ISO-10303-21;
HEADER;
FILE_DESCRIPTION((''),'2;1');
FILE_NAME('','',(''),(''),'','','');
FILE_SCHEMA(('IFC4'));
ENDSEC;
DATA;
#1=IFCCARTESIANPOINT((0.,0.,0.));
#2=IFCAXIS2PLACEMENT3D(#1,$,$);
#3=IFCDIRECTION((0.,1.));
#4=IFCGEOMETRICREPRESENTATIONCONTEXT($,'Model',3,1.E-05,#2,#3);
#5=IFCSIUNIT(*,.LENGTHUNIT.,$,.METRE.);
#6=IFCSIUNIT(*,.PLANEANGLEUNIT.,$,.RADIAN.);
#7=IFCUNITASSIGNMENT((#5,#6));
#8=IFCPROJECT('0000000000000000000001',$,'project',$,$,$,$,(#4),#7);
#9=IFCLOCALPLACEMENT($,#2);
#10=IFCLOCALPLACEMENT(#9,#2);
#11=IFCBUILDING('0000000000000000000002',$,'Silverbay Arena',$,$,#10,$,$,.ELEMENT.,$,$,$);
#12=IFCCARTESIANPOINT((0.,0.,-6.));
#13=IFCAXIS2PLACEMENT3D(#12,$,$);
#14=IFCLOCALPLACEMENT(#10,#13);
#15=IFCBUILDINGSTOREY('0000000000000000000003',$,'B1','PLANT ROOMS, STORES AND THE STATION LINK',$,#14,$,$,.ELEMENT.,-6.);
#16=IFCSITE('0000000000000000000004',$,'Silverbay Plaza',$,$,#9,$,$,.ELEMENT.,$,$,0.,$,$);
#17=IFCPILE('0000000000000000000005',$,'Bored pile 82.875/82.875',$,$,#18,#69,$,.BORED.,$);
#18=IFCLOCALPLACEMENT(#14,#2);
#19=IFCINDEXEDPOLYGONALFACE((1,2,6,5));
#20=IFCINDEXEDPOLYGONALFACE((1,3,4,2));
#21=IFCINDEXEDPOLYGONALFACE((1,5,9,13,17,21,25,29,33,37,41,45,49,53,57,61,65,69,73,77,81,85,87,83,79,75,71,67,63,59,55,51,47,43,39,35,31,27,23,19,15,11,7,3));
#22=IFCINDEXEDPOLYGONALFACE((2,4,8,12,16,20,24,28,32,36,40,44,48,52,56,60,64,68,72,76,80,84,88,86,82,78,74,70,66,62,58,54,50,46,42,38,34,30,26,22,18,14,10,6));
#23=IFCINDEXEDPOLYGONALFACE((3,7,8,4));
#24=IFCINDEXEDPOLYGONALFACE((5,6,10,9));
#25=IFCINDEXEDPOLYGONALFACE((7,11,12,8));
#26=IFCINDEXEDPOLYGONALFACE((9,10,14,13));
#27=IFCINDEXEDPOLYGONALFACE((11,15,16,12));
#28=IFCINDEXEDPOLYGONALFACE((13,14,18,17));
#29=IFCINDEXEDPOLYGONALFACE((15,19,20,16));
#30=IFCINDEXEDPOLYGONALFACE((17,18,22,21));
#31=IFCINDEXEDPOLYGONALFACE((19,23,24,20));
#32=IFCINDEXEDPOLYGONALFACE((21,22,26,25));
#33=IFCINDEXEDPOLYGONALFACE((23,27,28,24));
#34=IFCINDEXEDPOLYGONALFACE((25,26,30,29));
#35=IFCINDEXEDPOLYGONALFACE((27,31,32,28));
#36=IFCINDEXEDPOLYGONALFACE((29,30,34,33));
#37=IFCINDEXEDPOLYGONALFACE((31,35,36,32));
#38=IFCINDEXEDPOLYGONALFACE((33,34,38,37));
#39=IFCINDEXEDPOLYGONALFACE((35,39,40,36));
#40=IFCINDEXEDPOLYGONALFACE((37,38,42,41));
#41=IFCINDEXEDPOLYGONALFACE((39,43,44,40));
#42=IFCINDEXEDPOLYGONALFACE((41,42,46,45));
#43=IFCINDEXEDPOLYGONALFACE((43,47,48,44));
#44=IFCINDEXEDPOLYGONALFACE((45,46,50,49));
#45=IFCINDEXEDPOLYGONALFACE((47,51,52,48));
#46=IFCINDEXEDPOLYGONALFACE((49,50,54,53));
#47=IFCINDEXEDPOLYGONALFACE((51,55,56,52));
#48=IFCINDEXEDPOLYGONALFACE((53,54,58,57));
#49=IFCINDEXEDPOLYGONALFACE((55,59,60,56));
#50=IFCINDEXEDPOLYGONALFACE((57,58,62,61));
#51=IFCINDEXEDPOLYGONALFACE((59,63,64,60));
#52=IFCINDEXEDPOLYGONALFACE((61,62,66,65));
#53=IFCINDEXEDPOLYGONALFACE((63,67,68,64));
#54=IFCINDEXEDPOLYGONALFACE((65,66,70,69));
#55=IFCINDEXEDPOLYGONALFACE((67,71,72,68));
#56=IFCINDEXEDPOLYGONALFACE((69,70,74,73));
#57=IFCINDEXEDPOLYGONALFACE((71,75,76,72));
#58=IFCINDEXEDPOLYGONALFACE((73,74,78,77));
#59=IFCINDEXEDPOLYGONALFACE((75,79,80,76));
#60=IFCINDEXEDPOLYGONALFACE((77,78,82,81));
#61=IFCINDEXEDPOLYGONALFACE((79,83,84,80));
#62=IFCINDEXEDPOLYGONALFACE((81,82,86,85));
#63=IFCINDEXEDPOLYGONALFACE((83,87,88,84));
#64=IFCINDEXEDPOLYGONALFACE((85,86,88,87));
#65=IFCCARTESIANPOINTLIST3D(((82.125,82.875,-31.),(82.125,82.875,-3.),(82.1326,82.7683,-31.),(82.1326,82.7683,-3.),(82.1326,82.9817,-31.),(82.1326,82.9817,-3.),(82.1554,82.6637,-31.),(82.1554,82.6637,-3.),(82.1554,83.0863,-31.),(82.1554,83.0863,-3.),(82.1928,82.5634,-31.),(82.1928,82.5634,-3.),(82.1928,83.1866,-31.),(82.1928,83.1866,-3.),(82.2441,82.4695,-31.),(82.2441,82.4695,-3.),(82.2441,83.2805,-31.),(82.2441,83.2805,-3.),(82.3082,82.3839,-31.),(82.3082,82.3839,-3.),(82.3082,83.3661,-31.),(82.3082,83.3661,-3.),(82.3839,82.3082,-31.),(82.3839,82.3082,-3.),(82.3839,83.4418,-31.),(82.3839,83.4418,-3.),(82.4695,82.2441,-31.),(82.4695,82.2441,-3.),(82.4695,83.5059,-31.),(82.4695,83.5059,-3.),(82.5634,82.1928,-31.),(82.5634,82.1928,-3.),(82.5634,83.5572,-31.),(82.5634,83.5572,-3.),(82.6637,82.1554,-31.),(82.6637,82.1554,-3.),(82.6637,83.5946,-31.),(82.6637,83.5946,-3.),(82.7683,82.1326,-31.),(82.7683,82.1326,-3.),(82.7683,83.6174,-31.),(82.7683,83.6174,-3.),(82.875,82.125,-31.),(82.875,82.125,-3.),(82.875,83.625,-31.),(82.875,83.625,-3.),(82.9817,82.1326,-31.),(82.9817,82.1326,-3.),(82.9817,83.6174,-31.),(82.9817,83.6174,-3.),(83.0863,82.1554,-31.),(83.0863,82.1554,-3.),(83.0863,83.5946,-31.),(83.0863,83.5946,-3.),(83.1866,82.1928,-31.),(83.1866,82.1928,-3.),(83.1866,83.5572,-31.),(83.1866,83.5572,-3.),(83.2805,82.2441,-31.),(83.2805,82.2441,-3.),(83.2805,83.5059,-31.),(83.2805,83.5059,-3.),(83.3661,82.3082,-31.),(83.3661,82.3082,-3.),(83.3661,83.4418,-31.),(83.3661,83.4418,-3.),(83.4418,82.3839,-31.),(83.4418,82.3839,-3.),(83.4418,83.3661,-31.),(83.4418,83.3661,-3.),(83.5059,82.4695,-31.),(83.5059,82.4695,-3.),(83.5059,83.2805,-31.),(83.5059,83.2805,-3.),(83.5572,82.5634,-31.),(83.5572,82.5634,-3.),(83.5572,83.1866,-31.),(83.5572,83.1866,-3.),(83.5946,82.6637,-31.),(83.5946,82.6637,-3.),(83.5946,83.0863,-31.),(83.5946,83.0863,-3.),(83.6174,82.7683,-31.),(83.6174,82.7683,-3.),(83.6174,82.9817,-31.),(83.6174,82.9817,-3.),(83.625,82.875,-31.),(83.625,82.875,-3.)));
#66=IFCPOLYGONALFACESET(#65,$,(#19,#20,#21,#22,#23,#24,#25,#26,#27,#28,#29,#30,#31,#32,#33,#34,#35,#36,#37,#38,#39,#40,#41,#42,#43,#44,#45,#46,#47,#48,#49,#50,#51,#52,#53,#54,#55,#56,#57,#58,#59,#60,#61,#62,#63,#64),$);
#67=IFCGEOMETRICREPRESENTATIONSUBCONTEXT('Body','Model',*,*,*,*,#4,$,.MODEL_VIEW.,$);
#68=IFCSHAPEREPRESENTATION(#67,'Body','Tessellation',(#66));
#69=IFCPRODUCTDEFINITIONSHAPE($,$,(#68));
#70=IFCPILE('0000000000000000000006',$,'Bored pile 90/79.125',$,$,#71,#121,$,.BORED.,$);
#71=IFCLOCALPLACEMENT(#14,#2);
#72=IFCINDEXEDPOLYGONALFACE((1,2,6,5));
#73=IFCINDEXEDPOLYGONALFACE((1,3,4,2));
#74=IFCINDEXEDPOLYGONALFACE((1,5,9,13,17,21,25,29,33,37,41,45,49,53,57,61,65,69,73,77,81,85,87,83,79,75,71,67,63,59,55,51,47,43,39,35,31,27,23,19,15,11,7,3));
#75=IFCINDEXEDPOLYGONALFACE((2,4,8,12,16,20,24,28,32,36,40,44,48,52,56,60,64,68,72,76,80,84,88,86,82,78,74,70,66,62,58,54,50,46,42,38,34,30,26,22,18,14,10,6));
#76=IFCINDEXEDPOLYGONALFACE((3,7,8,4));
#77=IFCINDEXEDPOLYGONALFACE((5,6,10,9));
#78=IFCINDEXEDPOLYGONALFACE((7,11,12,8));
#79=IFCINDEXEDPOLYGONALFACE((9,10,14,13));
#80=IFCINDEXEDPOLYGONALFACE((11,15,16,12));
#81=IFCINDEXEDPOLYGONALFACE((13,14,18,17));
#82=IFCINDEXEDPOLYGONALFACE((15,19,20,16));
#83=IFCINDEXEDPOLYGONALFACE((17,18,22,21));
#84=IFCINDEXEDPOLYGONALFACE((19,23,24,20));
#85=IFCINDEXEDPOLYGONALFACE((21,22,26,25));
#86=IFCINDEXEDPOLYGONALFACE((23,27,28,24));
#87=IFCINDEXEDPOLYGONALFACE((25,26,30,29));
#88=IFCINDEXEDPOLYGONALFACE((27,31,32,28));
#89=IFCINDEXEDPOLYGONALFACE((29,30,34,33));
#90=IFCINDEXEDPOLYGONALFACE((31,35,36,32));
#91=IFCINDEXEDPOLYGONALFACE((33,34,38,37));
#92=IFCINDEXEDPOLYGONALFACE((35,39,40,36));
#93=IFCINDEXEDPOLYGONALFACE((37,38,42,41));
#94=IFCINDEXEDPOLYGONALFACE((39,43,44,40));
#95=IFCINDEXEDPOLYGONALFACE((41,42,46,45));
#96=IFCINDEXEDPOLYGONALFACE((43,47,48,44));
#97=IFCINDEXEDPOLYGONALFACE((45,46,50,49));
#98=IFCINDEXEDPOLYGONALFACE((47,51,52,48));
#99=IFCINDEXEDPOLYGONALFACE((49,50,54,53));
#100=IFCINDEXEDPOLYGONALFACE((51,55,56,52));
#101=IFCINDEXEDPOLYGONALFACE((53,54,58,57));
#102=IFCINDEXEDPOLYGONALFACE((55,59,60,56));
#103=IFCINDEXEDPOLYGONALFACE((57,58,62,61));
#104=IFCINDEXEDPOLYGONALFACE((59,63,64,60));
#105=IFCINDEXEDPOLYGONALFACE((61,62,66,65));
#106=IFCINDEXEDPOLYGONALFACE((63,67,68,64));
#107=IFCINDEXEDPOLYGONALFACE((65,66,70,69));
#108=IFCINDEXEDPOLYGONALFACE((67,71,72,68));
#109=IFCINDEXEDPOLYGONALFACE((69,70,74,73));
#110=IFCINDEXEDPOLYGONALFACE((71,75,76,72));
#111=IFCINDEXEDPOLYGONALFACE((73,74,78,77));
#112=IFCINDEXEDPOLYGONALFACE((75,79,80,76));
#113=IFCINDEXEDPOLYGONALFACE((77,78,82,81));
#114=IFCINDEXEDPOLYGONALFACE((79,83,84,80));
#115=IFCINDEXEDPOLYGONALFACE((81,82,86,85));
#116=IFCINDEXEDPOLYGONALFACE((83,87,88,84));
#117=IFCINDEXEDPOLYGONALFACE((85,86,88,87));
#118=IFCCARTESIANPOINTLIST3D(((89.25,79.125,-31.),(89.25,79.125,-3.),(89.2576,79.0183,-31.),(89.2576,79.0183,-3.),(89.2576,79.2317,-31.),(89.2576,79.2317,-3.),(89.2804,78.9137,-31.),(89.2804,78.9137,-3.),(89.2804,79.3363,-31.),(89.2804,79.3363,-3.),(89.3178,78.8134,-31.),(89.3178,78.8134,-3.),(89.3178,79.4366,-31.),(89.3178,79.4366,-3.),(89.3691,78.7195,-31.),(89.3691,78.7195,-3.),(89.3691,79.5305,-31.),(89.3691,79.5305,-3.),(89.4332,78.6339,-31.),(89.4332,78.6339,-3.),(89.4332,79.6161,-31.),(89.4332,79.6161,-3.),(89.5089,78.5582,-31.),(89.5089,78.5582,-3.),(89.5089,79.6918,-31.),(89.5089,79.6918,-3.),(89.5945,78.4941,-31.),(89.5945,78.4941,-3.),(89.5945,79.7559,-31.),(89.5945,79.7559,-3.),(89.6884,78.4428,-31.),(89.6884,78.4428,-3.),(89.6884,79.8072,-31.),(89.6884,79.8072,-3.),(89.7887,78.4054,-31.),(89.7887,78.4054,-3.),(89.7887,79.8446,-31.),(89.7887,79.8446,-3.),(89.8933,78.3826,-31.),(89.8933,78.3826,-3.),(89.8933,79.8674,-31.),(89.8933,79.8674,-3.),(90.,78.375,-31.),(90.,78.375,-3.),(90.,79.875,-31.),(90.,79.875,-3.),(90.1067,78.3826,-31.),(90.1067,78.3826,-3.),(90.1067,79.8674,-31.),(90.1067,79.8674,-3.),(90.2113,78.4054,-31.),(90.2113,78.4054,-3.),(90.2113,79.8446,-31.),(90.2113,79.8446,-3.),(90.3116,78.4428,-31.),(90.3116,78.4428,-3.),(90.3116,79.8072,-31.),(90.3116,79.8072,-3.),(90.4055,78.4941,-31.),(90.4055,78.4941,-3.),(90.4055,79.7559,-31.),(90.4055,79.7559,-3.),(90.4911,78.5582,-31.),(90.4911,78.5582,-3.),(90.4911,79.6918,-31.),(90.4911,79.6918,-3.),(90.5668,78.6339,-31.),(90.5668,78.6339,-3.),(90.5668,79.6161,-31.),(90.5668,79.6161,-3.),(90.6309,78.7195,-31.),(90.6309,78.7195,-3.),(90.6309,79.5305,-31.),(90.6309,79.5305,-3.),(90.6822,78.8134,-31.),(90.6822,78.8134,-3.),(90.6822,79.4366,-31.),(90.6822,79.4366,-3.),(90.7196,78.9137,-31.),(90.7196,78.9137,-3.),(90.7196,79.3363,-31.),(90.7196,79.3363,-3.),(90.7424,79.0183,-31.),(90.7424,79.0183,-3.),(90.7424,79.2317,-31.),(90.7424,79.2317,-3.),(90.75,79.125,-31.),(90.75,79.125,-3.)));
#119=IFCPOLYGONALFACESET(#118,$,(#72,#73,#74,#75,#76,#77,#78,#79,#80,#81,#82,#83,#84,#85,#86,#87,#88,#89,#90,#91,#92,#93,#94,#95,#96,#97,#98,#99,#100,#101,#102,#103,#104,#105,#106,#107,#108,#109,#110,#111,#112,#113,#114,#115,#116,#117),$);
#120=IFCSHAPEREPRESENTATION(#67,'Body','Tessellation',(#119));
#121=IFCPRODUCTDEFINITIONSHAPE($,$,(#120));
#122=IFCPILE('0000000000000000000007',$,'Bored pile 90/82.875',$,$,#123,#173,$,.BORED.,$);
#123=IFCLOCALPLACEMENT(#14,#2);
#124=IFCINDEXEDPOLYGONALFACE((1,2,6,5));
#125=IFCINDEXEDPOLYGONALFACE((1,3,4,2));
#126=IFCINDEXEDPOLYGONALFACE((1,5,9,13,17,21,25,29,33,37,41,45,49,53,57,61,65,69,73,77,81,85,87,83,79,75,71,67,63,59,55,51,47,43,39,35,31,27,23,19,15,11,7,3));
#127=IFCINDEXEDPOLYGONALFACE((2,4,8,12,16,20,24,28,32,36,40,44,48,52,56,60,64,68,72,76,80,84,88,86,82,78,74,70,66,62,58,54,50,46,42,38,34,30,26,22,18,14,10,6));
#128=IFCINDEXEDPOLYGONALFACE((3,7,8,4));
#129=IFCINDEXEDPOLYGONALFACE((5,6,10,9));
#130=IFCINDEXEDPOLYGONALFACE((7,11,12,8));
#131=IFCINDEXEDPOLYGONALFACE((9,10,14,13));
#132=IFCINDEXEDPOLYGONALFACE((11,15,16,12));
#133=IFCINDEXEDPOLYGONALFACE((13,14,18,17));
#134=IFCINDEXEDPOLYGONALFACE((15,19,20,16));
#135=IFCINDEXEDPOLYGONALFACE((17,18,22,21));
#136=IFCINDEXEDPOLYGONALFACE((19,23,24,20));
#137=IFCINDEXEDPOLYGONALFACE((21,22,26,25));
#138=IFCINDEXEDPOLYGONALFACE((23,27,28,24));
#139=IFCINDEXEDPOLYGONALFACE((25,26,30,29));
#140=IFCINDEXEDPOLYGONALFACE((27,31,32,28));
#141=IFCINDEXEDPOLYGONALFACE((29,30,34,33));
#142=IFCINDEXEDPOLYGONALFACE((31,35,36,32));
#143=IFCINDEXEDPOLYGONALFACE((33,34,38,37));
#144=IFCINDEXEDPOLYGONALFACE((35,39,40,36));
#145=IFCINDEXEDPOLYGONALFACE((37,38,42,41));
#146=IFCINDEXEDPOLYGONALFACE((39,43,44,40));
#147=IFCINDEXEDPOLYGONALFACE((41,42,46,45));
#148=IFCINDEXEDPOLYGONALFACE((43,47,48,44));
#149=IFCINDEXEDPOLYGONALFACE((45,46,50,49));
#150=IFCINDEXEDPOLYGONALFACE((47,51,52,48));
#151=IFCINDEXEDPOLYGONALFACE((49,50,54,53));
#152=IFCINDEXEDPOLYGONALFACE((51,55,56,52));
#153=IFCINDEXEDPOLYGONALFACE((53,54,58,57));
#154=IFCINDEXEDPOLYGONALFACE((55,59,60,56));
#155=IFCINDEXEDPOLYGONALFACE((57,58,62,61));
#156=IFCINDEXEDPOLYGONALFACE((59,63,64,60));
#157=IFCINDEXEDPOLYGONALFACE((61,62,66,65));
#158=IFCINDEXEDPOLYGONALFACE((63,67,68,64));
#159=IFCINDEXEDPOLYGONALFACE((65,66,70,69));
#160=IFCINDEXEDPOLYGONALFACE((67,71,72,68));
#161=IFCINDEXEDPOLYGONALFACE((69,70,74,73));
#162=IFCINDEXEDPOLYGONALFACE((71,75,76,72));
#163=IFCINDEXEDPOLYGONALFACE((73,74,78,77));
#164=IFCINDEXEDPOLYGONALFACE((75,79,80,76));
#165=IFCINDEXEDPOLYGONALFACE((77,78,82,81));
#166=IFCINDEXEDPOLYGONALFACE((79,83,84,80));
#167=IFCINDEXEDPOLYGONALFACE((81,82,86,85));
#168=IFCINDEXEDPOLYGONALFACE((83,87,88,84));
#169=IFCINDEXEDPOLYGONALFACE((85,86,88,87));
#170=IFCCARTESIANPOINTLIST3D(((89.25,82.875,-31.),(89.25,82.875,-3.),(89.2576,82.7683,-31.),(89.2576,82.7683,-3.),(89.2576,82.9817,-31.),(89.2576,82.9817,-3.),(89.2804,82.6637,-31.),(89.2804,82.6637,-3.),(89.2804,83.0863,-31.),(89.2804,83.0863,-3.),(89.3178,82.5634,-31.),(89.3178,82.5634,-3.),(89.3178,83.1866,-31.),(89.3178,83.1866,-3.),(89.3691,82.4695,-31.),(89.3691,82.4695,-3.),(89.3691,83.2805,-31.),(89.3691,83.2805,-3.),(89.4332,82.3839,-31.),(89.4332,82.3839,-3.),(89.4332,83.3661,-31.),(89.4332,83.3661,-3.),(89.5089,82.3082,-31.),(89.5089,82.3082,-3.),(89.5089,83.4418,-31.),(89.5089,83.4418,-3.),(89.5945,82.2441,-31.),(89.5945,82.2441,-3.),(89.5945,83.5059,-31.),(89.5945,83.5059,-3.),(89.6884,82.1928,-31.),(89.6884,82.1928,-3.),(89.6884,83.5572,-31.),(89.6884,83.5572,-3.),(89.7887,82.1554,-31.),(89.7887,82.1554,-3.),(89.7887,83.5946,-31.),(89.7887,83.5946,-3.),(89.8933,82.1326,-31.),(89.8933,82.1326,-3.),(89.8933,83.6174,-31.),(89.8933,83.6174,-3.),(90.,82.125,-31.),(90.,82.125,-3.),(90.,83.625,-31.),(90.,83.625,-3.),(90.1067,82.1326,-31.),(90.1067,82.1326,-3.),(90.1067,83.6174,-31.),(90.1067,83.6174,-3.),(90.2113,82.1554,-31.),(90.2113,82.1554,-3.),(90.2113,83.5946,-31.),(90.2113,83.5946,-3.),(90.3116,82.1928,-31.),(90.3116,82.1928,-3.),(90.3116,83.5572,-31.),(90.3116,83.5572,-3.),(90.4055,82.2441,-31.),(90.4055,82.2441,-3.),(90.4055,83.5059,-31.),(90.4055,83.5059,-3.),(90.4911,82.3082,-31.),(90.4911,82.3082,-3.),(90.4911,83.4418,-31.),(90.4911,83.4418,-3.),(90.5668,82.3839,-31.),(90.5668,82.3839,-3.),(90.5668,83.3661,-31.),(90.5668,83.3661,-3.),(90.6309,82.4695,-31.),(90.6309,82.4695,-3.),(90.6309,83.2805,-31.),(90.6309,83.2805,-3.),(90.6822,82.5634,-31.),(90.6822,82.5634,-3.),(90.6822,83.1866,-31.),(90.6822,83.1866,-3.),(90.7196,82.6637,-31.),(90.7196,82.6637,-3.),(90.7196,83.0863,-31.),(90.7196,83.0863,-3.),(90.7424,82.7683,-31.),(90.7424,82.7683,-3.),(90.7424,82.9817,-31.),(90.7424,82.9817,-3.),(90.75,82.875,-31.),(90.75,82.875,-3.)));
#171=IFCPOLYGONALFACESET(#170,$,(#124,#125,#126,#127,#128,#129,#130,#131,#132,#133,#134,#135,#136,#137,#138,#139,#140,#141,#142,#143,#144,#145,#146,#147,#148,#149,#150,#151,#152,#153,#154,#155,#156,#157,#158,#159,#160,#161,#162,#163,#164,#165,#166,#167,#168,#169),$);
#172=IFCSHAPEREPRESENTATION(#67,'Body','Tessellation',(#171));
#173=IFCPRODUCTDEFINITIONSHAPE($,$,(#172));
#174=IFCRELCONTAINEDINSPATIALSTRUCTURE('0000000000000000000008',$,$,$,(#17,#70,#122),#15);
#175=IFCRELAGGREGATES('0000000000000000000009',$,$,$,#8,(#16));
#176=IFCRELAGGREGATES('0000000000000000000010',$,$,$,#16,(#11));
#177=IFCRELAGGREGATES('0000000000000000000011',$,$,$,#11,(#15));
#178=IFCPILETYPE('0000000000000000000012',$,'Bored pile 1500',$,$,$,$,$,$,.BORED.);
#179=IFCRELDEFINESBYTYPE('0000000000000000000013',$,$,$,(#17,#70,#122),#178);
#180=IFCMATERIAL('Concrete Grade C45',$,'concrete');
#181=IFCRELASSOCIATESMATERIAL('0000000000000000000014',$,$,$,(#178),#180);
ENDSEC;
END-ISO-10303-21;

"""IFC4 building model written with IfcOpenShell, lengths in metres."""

from ifc_helpers import new_model, si_unit, direction, frame, origin, origin_2d, place, context, subcontext, project, spatial, circle, extrude, material, material_profile, profile_set, type_object, element, save


model = new_model("IFC4")

# Units and contexts
model_context = context("Model", 3, precision=1e-05, world=origin(), true_north=direction((0.0, 1.0)))
body_context = subcontext(model_context, "Body", "Model", "MODEL_VIEW")
ifc_project = project(units=[si_unit("LENGTHUNIT", "METRE"), si_unit("PLANEANGLEUNIT", "RADIAN")], contexts=[model_context])

# Site, building, storey
site_placement = place(None, origin())
site = spatial("IfcSite", under=ifc_project, at=site_placement, Name="Silverbay Plaza", CompositionType="ELEMENT", RefElevation=0.0)
building_placement = place(site_placement, origin())
building = spatial("IfcBuilding", under=site, at=building_placement, Name="Silverbay Arena", CompositionType="ELEMENT")
storey_placement = place(building_placement, frame((0.0, 0.0, -6.0)))
storey = spatial("IfcBuildingStorey", under=building, at=storey_placement, Name="B1", Description="PLANT ROOMS, STORES AND THE STATION LINK", CompositionType="ELEMENT", Elevation=-6.0)

# Piles
ifc_material_1 = material(Name="Concrete Grade C45", Category="concrete")
ifc_material_profile_1 = material_profile(ifc_material_1, circle(Radius=0.75, at=origin_2d()), Name="Bored pile 1500")
ifc_profile_set_1 = profile_set([ifc_material_profile_1], Name="Concrete Grade C45")
pile_type = type_object("IfcPileType", Name="Bored pile 1500", PredefinedType="BORED", material=ifc_profile_set_1)
for number, where, z_axis, x_axis, name in (
    (1, (82.875, 82.875, -3.0), (0.0, 0.0, -1.0), (1.0, 0.0, 0.0), "Bored pile 82.875/82.875"),
    (2, (90.0, 79.125, -3.0), (0.0, 0.0, -1.0), (1.0, 0.0, 0.0), "Bored pile 90/79.125"),
    (3, (90.0, 82.875, -3.0), (0.0, 0.0, -1.0), (1.0, 0.0, 0.0), "Bored pile 90/82.875"),
):
    element("IfcPile", number, at=place(storey_placement, frame(where, z_axis=z_axis, x_axis=x_axis)), inside=storey, type_object=pile_type, Name=name, PredefinedType="BORED", context=body_context, shape_type="SweptSolid", body=[
        extrude(circle(Radius=0.75, at=origin_2d()), origin(), (0.0, 0.0, 1.0), 28.0),
    ])

save(model, "model.ifc")
